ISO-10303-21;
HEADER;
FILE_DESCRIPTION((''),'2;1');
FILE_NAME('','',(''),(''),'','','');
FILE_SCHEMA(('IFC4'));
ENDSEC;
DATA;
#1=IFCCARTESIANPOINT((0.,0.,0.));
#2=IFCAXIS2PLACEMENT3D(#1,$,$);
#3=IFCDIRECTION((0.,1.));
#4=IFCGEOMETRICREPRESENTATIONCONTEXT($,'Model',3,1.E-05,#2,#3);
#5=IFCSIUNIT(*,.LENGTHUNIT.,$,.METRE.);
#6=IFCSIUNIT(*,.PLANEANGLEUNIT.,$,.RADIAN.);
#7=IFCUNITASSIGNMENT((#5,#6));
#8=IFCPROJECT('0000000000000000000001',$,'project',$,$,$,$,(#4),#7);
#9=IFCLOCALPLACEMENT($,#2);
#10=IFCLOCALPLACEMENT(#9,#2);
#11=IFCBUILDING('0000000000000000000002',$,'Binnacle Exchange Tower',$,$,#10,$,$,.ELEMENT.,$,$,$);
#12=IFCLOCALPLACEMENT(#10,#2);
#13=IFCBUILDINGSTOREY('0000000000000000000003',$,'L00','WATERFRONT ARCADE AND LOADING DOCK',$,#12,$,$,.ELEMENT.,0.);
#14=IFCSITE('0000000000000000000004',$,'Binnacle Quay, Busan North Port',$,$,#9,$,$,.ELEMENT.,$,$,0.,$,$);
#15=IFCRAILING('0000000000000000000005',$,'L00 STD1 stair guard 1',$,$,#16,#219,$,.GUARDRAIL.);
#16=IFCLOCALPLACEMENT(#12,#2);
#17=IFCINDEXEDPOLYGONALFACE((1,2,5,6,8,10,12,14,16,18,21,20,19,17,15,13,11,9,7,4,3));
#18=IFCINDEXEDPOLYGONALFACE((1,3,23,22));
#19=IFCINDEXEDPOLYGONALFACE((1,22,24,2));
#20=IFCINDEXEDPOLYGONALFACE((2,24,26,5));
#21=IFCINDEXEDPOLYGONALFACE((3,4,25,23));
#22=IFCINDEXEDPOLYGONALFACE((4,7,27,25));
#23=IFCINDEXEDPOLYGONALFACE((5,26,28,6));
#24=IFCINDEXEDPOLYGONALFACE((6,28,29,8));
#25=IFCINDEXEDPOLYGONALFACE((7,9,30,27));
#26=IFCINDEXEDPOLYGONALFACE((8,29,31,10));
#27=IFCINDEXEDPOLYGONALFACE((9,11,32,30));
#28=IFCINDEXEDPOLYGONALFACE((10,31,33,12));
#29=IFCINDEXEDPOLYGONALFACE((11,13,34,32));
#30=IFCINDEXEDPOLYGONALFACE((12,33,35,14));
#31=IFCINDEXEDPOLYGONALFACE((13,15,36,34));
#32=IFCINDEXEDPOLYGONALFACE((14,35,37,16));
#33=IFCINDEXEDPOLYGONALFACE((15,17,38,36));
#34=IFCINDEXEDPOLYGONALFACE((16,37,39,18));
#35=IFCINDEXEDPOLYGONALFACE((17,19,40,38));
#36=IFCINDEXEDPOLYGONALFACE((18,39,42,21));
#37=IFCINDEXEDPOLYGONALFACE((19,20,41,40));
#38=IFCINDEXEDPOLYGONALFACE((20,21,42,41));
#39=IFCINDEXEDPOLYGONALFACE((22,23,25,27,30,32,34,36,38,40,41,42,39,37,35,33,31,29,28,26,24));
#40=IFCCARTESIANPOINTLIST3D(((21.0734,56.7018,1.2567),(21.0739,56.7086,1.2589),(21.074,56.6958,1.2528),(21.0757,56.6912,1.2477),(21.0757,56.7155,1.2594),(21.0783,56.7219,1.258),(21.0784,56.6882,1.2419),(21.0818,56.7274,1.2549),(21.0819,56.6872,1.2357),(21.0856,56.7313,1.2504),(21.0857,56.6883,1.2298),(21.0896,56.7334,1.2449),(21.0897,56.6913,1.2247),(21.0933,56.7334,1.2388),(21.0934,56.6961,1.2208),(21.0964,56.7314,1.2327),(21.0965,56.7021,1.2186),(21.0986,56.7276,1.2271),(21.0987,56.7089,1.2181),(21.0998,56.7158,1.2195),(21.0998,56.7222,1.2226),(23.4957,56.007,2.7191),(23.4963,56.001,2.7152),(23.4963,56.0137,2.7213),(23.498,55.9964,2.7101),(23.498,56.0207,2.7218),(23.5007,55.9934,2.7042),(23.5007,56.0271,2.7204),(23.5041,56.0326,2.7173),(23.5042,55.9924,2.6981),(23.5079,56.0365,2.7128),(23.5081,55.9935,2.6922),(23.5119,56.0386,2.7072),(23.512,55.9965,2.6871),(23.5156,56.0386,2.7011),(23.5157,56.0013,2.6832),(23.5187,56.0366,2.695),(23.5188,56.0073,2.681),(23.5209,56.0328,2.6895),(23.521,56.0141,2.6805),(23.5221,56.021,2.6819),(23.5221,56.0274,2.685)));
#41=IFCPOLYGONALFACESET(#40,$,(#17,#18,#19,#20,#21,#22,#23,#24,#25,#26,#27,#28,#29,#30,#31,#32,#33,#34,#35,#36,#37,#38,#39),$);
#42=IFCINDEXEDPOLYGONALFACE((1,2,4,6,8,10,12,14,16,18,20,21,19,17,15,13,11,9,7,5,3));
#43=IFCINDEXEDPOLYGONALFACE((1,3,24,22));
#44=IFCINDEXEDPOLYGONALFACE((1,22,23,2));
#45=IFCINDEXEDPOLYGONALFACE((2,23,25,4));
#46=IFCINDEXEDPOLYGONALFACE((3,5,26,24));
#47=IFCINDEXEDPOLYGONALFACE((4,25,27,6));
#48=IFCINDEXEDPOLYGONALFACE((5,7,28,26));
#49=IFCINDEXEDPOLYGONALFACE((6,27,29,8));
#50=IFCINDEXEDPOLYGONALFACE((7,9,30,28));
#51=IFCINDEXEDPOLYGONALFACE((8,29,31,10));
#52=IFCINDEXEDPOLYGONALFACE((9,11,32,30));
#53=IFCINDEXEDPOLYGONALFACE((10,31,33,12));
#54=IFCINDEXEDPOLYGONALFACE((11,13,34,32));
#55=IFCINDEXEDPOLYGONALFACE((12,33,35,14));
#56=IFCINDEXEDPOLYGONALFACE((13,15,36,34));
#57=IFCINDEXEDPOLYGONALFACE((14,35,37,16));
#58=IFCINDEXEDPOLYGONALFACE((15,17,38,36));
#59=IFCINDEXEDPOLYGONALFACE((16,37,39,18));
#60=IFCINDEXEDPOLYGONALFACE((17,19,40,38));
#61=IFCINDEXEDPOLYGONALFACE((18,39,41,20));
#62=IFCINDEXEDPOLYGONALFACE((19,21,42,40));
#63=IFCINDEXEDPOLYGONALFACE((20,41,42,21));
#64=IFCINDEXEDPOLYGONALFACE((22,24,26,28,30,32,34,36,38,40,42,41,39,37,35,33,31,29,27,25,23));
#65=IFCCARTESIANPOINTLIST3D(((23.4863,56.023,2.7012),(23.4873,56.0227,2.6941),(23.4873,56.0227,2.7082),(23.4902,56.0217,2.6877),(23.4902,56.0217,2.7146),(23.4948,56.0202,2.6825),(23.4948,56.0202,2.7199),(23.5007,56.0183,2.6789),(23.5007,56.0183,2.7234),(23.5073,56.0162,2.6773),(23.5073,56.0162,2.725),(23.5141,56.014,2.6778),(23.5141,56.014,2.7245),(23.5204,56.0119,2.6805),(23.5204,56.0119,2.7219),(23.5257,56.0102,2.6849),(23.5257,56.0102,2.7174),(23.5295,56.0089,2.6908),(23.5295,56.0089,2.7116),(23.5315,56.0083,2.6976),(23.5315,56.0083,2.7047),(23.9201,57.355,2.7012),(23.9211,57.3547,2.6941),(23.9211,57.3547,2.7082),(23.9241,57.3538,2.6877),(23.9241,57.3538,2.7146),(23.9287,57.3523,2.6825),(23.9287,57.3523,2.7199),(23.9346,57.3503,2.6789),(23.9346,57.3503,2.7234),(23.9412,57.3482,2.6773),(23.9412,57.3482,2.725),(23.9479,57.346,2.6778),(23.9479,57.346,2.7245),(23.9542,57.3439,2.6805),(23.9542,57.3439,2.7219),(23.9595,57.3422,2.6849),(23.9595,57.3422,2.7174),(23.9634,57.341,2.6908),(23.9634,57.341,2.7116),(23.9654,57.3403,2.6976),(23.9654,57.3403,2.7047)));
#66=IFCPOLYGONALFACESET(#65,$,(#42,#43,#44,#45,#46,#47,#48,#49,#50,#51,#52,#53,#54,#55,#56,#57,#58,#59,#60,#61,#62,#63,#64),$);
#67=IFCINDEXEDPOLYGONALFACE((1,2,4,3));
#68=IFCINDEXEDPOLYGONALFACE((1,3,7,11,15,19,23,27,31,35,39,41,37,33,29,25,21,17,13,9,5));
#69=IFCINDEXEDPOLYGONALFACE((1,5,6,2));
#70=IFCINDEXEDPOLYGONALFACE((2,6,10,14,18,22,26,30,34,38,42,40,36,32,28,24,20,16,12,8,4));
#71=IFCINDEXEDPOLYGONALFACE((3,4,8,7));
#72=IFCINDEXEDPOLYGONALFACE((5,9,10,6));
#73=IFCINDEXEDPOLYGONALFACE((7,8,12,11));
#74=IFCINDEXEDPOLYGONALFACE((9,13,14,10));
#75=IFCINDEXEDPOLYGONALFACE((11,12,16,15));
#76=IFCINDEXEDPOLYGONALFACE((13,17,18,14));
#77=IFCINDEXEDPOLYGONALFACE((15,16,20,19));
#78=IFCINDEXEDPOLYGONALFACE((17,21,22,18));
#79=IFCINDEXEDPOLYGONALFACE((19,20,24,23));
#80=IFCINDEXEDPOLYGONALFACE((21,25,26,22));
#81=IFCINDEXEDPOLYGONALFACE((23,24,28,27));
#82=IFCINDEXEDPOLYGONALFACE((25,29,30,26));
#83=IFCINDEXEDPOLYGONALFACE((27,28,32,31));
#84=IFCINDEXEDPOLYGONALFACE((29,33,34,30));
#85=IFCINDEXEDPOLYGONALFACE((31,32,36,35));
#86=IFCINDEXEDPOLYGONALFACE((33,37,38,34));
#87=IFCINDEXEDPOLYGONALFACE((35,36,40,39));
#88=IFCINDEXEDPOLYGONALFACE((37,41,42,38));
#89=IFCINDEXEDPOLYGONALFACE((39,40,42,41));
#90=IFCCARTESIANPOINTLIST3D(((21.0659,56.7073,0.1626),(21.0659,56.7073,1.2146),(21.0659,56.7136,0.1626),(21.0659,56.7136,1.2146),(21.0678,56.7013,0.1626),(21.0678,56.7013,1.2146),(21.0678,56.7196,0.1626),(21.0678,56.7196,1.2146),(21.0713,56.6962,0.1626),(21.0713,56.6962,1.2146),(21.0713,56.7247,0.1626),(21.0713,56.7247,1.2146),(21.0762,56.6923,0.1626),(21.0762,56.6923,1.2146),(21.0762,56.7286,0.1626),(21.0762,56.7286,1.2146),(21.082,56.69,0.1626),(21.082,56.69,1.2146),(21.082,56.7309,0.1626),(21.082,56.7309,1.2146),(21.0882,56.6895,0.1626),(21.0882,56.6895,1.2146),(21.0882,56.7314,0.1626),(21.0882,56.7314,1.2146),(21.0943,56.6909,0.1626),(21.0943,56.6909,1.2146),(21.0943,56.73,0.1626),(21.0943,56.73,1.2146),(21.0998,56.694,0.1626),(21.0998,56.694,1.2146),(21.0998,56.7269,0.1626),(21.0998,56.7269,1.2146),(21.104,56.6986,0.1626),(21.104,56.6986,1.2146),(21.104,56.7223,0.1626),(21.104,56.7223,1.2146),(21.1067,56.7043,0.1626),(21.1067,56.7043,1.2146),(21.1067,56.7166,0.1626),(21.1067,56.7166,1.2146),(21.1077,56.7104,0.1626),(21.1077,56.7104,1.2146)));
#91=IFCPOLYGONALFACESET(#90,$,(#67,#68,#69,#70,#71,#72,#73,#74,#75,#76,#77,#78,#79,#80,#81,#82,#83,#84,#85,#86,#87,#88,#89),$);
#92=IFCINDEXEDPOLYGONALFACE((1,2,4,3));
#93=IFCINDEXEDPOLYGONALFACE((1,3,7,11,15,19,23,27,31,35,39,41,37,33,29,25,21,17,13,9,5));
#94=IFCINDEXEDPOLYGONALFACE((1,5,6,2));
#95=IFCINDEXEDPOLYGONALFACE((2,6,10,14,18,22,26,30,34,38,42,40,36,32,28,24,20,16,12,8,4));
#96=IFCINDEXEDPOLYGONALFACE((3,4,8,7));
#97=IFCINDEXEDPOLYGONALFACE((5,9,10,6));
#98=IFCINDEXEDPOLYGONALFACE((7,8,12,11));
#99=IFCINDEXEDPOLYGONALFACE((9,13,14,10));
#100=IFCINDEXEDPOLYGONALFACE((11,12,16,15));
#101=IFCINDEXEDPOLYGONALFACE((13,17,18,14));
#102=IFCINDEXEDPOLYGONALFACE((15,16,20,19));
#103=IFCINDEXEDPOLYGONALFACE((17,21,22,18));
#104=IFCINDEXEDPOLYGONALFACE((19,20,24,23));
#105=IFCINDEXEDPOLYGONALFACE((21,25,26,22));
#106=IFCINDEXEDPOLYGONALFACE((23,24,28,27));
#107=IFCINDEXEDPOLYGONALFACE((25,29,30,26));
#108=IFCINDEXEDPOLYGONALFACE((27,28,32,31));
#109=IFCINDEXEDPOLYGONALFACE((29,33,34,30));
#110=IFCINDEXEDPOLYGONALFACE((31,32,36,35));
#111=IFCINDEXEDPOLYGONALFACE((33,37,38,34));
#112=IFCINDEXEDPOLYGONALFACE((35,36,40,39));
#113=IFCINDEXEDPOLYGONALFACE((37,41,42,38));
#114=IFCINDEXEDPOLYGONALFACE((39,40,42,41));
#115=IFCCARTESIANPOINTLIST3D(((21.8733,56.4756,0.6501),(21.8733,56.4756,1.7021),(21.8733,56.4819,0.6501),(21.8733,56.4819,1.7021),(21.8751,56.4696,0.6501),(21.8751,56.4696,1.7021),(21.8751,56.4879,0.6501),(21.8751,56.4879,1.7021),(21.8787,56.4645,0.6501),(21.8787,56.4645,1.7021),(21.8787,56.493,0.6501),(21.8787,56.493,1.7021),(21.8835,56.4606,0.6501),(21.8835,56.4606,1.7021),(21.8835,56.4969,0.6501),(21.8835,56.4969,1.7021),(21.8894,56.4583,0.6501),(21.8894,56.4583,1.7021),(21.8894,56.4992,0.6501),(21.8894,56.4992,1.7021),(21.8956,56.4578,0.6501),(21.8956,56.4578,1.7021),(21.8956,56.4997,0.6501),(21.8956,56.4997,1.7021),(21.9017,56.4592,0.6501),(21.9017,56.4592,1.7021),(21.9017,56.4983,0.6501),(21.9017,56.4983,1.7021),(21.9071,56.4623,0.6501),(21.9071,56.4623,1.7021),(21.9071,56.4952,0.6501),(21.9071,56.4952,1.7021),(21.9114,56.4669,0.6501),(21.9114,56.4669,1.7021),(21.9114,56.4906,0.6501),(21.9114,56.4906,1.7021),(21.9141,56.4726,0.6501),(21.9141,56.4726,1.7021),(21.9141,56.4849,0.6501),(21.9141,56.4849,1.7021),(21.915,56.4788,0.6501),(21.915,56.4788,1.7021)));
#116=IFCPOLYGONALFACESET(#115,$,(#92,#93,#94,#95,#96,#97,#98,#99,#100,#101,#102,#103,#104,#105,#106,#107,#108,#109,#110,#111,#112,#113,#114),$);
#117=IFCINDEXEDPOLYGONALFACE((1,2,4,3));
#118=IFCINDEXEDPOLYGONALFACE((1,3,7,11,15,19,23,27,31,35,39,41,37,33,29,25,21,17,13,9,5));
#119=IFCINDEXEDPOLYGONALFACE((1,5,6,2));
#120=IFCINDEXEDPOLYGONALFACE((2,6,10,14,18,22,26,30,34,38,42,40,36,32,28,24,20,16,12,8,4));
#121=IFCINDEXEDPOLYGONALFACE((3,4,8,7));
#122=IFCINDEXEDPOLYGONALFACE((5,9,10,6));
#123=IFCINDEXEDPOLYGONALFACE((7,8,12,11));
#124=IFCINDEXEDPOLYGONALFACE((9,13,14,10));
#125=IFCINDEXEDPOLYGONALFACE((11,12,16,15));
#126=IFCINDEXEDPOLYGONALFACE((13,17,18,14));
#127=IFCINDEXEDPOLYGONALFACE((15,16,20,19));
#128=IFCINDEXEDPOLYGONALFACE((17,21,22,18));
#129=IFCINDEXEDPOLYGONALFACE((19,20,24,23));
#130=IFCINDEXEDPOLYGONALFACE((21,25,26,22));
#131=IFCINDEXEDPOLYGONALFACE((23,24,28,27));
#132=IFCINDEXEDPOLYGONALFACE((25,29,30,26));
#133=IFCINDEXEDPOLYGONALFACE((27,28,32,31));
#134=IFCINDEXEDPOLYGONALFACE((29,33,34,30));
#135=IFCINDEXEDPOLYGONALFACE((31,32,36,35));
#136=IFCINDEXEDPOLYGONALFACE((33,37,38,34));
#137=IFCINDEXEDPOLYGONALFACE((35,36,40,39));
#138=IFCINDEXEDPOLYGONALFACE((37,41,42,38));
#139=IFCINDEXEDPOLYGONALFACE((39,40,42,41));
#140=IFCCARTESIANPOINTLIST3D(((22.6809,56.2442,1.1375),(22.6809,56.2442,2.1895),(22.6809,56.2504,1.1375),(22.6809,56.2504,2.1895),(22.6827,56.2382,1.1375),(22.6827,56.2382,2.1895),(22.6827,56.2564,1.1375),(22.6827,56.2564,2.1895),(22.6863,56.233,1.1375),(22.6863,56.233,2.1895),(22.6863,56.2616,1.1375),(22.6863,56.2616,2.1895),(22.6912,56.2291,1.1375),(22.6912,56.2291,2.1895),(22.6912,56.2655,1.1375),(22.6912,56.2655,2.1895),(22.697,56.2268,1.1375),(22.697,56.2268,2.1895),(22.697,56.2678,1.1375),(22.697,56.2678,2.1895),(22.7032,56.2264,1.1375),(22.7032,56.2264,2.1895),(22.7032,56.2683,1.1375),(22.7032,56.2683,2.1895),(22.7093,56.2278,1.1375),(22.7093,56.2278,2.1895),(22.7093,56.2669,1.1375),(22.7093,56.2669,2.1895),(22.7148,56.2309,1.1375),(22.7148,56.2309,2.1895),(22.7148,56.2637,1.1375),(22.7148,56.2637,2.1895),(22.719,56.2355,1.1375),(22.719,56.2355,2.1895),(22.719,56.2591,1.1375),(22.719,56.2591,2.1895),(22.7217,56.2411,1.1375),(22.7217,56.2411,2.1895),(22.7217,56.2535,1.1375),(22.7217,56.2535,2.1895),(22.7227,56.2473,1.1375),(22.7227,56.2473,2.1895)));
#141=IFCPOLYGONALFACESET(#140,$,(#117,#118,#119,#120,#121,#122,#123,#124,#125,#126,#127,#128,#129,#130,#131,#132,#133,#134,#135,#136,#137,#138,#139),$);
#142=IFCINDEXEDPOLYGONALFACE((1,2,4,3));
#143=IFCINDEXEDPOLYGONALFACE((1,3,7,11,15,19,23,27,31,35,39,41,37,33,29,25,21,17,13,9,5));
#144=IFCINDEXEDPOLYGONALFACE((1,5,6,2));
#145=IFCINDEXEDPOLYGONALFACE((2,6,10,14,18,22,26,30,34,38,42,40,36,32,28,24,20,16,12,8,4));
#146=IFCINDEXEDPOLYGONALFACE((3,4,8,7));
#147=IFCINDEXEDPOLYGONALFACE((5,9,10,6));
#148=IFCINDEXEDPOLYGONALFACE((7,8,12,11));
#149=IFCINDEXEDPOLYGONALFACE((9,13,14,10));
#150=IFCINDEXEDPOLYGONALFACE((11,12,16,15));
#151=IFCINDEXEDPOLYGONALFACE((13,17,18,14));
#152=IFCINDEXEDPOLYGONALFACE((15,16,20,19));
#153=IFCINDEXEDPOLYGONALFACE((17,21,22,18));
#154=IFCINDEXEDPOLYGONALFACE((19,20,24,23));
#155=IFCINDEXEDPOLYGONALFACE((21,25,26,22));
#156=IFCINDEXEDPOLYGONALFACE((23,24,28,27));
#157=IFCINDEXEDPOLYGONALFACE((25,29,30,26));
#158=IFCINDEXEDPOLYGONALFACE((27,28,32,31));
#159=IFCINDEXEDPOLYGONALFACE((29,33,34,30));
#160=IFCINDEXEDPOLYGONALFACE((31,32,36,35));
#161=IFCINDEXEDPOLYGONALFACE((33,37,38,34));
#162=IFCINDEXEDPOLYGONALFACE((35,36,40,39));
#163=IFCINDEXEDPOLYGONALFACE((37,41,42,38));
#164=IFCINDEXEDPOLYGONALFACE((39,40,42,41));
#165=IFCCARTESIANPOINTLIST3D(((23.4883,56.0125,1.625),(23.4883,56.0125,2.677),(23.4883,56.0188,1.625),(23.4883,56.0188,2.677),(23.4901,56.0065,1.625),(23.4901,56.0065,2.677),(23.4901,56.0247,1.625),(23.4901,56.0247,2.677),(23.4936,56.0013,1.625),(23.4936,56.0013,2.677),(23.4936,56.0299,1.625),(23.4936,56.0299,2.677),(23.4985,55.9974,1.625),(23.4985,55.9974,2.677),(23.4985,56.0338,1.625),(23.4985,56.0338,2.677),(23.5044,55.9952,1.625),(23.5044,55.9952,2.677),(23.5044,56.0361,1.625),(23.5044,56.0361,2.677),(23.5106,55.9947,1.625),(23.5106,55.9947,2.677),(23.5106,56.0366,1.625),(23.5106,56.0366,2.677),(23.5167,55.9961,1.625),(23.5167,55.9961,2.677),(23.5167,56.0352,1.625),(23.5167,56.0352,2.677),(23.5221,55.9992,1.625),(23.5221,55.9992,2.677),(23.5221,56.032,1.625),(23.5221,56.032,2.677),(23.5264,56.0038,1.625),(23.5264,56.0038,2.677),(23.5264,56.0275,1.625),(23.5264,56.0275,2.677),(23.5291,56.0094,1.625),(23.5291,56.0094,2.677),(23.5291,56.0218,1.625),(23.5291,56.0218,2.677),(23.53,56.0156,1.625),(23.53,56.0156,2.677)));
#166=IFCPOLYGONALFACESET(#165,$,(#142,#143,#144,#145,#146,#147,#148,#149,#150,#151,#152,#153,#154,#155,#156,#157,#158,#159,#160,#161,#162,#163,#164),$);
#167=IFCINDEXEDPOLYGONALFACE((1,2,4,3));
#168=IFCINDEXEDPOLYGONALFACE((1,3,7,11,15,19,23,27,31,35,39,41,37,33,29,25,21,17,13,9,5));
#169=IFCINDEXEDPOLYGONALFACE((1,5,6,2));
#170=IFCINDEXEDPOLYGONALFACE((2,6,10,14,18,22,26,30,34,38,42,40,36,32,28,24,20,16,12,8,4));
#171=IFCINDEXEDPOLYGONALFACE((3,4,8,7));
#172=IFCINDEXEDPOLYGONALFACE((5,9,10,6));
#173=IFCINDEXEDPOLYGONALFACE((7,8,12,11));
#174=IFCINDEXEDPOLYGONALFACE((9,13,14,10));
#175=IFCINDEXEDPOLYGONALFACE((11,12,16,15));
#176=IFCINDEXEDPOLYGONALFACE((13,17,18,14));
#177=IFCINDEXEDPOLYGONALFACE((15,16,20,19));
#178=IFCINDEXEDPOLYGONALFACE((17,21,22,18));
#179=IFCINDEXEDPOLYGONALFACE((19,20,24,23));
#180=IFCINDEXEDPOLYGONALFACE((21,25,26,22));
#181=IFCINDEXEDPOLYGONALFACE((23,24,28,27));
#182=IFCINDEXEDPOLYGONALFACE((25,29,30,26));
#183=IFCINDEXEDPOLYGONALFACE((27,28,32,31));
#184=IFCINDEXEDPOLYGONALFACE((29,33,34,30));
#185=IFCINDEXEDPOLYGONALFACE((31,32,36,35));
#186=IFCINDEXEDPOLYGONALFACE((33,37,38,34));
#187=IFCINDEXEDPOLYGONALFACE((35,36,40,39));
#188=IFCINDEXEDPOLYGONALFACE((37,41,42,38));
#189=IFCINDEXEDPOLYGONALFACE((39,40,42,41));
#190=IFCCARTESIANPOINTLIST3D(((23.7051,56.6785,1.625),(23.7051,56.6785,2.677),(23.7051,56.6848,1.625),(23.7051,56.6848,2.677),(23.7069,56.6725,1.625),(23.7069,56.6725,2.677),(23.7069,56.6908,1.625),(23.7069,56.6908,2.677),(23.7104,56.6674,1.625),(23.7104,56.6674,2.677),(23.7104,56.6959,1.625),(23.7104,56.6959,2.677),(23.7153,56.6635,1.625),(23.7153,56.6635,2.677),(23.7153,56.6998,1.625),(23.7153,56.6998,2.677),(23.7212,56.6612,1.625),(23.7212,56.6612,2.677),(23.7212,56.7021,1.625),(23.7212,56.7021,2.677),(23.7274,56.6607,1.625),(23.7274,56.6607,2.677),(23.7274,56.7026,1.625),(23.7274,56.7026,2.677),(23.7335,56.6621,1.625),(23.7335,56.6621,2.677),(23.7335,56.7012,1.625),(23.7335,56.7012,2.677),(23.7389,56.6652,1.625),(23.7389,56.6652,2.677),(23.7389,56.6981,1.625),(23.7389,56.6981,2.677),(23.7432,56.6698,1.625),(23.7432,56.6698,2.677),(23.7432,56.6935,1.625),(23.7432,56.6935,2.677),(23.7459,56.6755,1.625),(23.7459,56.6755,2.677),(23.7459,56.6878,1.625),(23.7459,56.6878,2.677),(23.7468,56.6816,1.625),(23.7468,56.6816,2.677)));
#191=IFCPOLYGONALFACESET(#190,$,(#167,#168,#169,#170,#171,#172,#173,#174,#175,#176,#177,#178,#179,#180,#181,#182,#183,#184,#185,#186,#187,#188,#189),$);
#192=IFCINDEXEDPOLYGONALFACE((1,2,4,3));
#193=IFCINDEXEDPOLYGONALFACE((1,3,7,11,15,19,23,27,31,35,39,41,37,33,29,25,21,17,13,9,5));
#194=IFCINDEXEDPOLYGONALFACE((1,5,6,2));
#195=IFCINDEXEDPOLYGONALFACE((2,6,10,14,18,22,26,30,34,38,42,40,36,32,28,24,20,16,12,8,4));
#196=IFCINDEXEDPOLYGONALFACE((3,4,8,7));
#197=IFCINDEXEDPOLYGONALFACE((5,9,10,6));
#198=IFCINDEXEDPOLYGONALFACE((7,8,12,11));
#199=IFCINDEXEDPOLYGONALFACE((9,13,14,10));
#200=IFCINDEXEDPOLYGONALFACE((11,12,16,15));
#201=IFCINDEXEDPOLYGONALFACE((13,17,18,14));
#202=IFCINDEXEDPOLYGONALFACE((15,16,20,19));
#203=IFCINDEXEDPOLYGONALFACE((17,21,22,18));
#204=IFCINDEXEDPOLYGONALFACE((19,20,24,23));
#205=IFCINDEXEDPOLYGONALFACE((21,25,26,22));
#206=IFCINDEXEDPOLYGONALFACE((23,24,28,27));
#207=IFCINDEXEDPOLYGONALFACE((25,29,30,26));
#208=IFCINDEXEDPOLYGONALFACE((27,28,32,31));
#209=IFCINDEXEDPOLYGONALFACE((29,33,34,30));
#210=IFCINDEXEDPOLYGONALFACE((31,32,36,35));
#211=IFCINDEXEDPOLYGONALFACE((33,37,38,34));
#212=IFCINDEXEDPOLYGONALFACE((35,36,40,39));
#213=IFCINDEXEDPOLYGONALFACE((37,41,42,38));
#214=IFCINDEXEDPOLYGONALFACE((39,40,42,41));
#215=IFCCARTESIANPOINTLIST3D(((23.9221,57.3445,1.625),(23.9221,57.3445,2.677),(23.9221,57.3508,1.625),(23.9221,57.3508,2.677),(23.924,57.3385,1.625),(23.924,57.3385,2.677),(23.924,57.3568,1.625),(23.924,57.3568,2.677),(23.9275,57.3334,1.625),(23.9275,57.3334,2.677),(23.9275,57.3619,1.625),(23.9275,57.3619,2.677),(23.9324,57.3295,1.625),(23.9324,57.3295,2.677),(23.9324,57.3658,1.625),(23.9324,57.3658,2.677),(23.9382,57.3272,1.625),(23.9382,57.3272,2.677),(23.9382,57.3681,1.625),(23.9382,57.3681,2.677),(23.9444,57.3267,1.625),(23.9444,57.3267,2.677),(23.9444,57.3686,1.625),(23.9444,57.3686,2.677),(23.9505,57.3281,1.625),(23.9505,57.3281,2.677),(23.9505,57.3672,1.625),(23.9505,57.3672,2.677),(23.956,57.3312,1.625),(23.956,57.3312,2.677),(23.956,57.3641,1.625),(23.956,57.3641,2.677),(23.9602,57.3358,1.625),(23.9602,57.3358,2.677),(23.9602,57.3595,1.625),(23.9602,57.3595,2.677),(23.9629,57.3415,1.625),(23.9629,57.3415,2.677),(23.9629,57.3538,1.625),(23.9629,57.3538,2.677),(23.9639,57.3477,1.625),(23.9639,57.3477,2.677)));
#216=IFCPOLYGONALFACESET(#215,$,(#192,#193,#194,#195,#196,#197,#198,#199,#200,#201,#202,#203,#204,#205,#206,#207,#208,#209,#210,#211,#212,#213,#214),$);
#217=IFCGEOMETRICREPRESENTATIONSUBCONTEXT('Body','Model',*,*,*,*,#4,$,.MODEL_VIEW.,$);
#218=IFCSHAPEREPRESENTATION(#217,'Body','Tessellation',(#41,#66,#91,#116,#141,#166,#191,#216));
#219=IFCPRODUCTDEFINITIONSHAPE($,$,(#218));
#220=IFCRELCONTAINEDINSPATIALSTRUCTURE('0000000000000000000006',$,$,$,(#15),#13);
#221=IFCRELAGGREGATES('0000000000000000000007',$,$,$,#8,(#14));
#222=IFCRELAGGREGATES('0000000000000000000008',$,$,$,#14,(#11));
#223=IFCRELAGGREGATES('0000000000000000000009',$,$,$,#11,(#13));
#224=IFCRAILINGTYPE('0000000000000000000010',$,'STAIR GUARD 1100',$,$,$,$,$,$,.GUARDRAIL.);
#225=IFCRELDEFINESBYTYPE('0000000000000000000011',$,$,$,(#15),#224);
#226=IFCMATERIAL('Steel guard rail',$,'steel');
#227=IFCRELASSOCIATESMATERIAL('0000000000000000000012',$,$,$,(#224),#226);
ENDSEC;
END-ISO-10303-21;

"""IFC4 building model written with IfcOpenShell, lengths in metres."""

from ifc_helpers import new_model, si_unit, direction, frame, origin, origin_2d, place, context, subcontext, project, spatial, circle, extrude, material, type_object, element, save


model = new_model("IFC4")

# Units and contexts
model_context = context("Model", 3, precision=1e-05, world=origin(), true_north=direction((0.0, 1.0)))
body_context = subcontext(model_context, "Body", "Model", "MODEL_VIEW")
ifc_project = project(units=[si_unit("LENGTHUNIT", "METRE"), si_unit("PLANEANGLEUNIT", "RADIAN")], contexts=[model_context])

# Site, building, storey
site_placement = place(None, origin())
site = spatial("IfcSite", under=ifc_project, at=site_placement, Name="Binnacle Quay, Busan North Port", CompositionType="ELEMENT", RefElevation=0.0)
building_placement = place(site_placement, origin())
building = spatial("IfcBuilding", under=site, at=building_placement, Name="Binnacle Exchange Tower", CompositionType="ELEMENT")
storey_placement = place(building_placement, origin())
storey = spatial("IfcBuildingStorey", under=building, at=storey_placement, Name="L00", Description="WATERFRONT ARCADE AND LOADING DOCK", CompositionType="ELEMENT", Elevation=0.0)

# Railing
ifc_material_1 = material(Name="Steel guard rail", Category="steel")
railing_type = type_object("IfcRailingType", Name="STAIR GUARD 1100", PredefinedType="GUARDRAIL", material=ifc_material_1)
railing_1_placement = place(storey_placement, frame((21.0867, 56.7104, 0.1626)))
element("IfcRailing", 1, at=railing_1_placement, inside=storey, type_object=railing_type, Name="L00 STD1 stair guard 1", PredefinedType="GUARDRAIL", context=body_context, shape_type="SweptSolid", body=[
    extrude(circle(Radius=0.0239, at=origin_2d()), frame((0.0, 0.0, 1.0762), z_axis=(0.83139, -0.238474, 0.501917), x_axis=(0.275719, 0.961238, 0.0)), (0.0, 0.0, 1.0), 2.9136),
    extrude(circle(Radius=0.0239, at=origin_2d()), frame((2.4224, -0.6948, 2.5386), z_axis=(0.309685, 0.950839, 0.0), x_axis=(-0.950839, 0.309685, 0.0)), (0.0, 0.0, 1.0), 1.4009),
    extrude(circle(Radius=0.021, at=origin_2d()), origin(), (0.0, 0.0, 1.0), 1.052),
    extrude(circle(Radius=0.021, at=origin_2d()), frame((0.8074, -0.2317, 0.4875)), (0.0, 0.0, 1.0), 1.052),
    extrude(circle(Radius=0.021, at=origin_2d()), frame((1.615, -0.4631, 0.9749)), (0.0, 0.0, 1.0), 1.052),
    extrude(circle(Radius=0.021, at=origin_2d()), frame((2.4224, -0.6948, 1.4624)), (0.0, 0.0, 1.0), 1.052),
    extrude(circle(Radius=0.021, at=origin_2d()), frame((2.6392, -0.0288, 1.4624)), (0.0, 0.0, 1.0), 1.052),
    extrude(circle(Radius=0.021, at=origin_2d()), frame((2.8562, 0.6372, 1.4624)), (0.0, 0.0, 1.0), 1.052),
])

save(model, "model.ifc")
